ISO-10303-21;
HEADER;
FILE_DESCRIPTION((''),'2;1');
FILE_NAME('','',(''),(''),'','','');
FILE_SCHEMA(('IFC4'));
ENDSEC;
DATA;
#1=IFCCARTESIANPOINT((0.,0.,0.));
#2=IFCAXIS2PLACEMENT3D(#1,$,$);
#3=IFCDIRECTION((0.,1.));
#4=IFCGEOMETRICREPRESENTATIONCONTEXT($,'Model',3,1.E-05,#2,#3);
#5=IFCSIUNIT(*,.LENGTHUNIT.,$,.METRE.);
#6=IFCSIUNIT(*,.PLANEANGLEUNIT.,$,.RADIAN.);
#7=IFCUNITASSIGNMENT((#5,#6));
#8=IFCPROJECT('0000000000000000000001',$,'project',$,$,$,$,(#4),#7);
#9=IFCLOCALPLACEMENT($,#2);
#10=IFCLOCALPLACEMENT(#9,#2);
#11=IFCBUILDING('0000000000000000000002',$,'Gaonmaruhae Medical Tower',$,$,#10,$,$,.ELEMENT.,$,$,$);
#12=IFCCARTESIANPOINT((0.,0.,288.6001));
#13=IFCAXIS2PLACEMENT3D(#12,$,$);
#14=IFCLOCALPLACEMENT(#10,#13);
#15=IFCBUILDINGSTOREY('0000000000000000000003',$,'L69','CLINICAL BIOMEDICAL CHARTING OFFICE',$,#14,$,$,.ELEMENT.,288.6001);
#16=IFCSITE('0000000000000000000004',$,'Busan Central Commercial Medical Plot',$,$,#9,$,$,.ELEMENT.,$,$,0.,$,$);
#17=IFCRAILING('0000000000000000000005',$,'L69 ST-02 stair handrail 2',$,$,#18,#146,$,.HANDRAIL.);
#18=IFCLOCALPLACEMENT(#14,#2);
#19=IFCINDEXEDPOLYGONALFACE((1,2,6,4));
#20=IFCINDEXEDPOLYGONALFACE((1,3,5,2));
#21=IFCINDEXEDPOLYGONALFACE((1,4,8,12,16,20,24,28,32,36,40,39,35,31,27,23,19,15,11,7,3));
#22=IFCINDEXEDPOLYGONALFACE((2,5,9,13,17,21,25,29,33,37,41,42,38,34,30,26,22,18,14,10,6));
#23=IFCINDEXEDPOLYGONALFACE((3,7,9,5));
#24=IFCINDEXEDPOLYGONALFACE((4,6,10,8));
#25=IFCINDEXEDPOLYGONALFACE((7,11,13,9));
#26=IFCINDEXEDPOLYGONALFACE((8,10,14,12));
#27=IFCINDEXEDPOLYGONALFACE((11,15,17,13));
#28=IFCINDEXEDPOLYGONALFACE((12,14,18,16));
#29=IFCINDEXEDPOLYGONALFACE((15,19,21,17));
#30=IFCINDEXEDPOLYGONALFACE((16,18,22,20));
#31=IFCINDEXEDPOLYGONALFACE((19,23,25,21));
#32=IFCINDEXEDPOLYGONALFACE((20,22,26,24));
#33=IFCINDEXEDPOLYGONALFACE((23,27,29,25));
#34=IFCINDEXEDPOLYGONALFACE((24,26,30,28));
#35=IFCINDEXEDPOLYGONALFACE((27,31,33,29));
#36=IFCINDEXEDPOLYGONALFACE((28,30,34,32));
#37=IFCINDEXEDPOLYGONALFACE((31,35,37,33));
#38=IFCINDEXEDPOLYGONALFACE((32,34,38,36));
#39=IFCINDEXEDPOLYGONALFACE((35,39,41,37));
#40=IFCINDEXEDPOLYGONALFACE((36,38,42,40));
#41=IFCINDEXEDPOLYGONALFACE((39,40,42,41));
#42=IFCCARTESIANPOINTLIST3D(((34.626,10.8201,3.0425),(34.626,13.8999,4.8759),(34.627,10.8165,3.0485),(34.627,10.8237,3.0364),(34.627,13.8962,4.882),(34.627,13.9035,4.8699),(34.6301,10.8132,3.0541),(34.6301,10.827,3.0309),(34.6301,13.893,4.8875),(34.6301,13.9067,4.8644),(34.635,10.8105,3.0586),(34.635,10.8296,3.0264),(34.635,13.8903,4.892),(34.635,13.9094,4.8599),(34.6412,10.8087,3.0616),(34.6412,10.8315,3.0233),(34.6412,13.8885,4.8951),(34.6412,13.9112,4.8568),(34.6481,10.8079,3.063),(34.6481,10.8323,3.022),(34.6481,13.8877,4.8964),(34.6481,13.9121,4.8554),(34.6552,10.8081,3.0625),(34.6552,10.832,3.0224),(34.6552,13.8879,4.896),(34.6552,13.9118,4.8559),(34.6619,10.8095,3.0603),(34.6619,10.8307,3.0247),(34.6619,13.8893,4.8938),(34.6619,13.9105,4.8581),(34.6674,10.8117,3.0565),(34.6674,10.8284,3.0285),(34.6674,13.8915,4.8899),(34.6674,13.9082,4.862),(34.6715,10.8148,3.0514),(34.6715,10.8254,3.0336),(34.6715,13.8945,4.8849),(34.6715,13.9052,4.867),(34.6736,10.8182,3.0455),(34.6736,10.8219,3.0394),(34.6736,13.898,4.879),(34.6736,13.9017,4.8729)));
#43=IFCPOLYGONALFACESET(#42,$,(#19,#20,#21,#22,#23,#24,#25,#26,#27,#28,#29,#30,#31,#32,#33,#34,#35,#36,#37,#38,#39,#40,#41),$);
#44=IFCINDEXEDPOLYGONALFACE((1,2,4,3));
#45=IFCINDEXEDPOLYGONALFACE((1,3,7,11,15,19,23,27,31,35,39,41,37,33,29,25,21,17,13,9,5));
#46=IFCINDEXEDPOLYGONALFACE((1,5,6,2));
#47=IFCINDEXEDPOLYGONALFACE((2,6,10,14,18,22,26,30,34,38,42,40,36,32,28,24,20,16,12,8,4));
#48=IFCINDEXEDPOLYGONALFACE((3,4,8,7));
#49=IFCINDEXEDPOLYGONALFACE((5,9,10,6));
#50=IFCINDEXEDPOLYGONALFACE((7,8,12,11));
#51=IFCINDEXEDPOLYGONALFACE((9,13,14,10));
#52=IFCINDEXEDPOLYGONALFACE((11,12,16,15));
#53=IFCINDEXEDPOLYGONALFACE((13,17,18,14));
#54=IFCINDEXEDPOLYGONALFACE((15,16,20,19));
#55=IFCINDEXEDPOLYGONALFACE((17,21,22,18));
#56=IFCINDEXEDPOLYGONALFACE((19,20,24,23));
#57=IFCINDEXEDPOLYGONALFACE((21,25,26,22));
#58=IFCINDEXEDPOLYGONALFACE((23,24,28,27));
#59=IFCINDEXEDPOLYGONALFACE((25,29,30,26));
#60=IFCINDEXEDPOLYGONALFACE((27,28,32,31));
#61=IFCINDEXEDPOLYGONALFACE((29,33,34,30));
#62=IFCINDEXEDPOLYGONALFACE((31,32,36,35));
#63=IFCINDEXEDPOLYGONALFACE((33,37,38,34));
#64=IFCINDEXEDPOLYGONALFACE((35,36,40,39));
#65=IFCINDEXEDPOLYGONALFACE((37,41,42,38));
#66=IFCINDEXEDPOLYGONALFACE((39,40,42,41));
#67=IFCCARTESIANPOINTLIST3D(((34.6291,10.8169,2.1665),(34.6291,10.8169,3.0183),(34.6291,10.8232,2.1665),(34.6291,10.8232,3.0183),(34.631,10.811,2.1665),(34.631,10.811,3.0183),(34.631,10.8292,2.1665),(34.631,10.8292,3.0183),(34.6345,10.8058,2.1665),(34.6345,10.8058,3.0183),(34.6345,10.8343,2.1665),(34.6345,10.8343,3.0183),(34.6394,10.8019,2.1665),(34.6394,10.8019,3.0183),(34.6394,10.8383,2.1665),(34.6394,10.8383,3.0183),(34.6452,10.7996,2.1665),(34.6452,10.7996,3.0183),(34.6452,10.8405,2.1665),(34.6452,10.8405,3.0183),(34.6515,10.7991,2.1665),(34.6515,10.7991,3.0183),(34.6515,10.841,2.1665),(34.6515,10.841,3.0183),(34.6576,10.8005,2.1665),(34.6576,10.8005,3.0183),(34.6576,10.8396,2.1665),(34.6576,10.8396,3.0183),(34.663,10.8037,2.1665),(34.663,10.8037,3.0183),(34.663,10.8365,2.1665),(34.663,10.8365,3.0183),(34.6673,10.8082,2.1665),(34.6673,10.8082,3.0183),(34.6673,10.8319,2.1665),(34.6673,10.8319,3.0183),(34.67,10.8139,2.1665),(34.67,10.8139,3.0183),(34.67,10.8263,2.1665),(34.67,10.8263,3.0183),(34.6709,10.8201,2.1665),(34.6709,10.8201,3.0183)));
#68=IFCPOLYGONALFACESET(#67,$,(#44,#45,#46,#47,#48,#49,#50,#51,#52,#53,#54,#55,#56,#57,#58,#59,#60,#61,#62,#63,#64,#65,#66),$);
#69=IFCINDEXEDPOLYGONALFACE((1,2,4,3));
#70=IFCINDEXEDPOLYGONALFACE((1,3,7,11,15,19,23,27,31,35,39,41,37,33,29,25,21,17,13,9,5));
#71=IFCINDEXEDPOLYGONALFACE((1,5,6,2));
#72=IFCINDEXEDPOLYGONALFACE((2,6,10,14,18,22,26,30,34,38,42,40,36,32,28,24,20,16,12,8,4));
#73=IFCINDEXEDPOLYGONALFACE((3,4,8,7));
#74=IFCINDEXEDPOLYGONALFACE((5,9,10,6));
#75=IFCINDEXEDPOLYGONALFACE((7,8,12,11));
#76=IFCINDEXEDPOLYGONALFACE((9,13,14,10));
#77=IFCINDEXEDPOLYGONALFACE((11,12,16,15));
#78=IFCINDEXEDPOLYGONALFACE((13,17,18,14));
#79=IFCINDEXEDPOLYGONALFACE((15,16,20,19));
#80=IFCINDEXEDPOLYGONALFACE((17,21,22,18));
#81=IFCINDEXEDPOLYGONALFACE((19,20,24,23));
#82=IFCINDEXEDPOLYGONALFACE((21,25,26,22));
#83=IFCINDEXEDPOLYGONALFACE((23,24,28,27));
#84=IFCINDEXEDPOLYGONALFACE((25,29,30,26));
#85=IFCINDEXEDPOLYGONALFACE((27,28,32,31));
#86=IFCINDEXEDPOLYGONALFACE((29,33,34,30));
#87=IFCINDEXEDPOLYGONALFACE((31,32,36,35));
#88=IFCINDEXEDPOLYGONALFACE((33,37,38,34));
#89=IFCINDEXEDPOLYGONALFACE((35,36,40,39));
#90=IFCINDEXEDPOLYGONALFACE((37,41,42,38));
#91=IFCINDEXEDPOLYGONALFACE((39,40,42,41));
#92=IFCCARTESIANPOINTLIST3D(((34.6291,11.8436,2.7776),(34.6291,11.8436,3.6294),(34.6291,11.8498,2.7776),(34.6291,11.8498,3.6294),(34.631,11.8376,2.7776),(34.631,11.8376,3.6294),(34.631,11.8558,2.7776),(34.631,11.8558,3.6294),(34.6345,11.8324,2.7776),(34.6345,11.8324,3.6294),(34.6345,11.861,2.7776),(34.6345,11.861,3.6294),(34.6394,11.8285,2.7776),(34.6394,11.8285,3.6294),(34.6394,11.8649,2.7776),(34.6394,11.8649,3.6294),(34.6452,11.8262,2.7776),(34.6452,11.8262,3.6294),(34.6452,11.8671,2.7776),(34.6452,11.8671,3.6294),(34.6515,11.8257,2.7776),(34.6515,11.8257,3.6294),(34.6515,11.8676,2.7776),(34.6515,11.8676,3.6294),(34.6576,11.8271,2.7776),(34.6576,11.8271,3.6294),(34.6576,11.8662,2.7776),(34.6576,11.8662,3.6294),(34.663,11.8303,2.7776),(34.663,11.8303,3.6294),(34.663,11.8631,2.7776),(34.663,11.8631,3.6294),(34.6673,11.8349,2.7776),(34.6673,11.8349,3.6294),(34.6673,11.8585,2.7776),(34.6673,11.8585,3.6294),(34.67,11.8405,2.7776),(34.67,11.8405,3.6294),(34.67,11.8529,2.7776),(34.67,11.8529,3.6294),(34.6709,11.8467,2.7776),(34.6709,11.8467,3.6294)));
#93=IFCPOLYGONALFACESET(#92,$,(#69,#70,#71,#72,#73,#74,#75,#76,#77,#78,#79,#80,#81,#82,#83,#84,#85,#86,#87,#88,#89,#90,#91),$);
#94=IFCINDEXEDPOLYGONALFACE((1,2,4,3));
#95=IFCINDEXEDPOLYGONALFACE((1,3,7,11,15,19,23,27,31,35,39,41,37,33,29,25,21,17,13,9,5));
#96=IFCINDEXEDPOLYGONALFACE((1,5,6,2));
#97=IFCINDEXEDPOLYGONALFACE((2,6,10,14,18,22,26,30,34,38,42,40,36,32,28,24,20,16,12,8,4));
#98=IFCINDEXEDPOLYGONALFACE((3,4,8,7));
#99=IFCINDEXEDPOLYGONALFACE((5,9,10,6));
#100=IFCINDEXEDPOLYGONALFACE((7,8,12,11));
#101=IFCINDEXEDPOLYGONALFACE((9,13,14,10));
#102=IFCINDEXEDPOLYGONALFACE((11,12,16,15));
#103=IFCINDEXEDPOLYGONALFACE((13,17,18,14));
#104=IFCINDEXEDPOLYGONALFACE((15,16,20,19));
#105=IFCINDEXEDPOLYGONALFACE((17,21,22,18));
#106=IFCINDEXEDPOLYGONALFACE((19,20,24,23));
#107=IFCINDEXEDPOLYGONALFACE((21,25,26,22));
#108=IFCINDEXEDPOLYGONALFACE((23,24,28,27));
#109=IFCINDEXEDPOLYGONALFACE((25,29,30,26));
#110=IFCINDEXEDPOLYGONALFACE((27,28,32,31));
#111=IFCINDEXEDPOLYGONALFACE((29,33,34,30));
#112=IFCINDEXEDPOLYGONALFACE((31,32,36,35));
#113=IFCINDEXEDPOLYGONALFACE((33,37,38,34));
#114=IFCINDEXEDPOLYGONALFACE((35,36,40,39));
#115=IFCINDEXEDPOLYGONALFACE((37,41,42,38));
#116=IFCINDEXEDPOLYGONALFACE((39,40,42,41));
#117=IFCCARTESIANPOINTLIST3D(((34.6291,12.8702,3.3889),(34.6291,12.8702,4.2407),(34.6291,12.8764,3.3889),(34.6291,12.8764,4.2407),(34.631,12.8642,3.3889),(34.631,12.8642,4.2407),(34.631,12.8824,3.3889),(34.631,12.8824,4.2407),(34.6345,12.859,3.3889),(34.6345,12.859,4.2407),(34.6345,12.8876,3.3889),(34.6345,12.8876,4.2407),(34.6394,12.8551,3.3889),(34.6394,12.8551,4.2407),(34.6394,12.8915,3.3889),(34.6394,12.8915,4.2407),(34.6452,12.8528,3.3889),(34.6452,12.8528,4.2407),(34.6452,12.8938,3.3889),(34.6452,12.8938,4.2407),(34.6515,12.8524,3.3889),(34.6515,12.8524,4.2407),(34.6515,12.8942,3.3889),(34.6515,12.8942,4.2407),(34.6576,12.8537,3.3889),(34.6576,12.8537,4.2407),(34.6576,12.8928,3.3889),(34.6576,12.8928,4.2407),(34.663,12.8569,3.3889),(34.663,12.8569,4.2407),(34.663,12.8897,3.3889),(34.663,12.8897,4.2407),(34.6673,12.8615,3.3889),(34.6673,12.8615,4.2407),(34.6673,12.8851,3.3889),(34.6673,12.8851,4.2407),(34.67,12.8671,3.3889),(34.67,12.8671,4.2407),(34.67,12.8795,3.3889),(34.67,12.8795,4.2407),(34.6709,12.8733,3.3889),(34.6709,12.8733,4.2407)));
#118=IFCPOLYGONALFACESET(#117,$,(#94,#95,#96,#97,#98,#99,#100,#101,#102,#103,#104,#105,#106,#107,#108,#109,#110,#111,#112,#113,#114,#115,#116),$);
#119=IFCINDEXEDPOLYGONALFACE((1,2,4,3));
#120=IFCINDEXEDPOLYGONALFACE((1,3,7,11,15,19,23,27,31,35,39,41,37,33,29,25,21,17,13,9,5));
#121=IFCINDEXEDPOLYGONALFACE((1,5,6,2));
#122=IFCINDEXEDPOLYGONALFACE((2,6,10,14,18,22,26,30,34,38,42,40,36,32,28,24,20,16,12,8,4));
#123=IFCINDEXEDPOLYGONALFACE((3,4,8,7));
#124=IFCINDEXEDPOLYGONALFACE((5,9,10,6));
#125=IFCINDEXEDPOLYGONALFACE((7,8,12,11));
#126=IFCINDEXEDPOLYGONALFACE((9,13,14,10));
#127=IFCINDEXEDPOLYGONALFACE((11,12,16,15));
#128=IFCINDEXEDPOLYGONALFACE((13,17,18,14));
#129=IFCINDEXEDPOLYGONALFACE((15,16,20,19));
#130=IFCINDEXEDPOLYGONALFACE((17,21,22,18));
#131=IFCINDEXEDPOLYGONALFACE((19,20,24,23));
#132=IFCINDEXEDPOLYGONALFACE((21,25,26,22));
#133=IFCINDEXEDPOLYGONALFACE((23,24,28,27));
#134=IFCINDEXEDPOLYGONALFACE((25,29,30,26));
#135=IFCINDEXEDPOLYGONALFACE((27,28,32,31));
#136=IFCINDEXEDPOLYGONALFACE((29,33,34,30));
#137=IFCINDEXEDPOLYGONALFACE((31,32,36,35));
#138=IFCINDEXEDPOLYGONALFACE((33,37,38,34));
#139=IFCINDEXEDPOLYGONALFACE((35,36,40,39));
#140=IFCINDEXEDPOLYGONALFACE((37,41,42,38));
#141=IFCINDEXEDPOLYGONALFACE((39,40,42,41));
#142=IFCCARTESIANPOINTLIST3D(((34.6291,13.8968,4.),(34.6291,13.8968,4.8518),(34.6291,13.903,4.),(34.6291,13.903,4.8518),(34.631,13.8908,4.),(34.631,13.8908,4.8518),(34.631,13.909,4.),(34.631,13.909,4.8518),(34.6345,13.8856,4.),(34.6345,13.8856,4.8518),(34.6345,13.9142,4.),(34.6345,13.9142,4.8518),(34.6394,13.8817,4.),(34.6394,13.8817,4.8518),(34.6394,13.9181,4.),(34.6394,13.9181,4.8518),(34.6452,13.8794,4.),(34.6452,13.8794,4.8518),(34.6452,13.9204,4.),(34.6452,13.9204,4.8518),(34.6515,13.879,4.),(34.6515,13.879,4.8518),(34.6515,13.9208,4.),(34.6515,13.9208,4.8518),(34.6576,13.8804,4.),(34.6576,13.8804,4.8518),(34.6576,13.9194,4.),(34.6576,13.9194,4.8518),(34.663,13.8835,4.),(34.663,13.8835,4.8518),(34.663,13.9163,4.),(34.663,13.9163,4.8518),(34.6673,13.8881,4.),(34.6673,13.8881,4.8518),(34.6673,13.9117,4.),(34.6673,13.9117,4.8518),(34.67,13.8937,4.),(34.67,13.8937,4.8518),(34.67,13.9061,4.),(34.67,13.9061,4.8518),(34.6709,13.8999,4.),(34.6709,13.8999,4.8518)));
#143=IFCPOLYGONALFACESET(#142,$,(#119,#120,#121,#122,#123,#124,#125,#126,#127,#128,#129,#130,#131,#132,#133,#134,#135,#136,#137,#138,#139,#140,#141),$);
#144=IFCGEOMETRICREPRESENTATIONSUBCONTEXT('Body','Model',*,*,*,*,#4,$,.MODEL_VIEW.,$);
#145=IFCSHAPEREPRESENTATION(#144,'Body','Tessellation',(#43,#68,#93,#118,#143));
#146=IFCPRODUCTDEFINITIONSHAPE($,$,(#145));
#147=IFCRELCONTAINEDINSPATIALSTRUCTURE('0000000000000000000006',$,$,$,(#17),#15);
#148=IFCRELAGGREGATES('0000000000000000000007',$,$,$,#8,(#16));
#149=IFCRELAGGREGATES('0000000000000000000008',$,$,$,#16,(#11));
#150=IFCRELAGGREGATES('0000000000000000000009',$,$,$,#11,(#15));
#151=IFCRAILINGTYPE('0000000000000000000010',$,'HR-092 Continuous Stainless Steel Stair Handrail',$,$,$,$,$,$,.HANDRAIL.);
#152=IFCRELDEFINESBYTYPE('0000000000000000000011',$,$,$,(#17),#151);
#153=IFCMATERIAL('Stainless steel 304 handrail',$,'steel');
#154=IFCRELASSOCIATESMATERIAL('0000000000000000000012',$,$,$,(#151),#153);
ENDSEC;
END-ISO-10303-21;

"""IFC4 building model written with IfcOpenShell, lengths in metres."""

from ifc_helpers import new_model, si_unit, direction, frame, origin, origin_2d, place, context, subcontext, project, spatial, circle, extrude, material, type_object, element, save


model = new_model("IFC4")

# Units and contexts
model_context = context("Model", 3, precision=1e-05, world=origin(), true_north=direction((0.0, 1.0)))
body_context = subcontext(model_context, "Body", "Model", "MODEL_VIEW")
ifc_project = project(units=[si_unit("LENGTHUNIT", "METRE"), si_unit("PLANEANGLEUNIT", "RADIAN")], contexts=[model_context])

# Site, building, storey
site_placement = place(None, origin())
site = spatial("IfcSite", under=ifc_project, at=site_placement, Name="Busan Central Commercial Medical Plot", CompositionType="ELEMENT", RefElevation=0.0)
building_placement = place(site_placement, origin())
building = spatial("IfcBuilding", under=site, at=building_placement, Name="Gaonmaruhae Medical Tower", CompositionType="ELEMENT")
storey_placement = place(building_placement, frame((0.0, 0.0, 288.6001)))
storey = spatial("IfcBuildingStorey", under=building, at=storey_placement, Name="L69", Description="CLINICAL BIOMEDICAL CHARTING OFFICE", CompositionType="ELEMENT", Elevation=288.6001)

# Railing
ifc_material_1 = material(Name="Stainless steel 304 handrail", Category="steel")
railing_type_1 = type_object("IfcRailingType", Name="HR-092 Continuous Stainless Steel Stair Handrail", PredefinedType="HANDRAIL", material=ifc_material_1)
railing_1_placement = place(storey_placement, frame((34.6499, 10.8201, 2.1665)))
element("IfcRailing", 1, at=railing_1_placement, inside=storey, type_object=railing_type_1, Name="L69 ST-02 stair handrail 2", PredefinedType="HANDRAIL", context=body_context, shape_type="SweptSolid", body=[
    extrude(circle(Radius=0.0239, at=origin_2d()), frame((0.0, 0.0, 0.876), z_axis=(0.0, 0.859261, 0.511538), x_axis=(-1.0, 0.0, 0.0)), (0.0, 0.0, 1.0), 3.5842),
    extrude(circle(Radius=0.021, at=origin_2d()), origin(), (0.0, 0.0, 1.0), 0.8518),
    extrude(circle(Radius=0.021, at=origin_2d()), frame((0.0, 1.0266, 0.6111)), (0.0, 0.0, 1.0), 0.8518),
    extrude(circle(Radius=0.021, at=origin_2d()), frame((0.0, 2.0532, 1.2224)), (0.0, 0.0, 1.0), 0.8518),
    extrude(circle(Radius=0.021, at=origin_2d()), frame((0.0, 3.0798, 1.8335)), (0.0, 0.0, 1.0), 0.8518),
])

save(model, "model.ifc")
